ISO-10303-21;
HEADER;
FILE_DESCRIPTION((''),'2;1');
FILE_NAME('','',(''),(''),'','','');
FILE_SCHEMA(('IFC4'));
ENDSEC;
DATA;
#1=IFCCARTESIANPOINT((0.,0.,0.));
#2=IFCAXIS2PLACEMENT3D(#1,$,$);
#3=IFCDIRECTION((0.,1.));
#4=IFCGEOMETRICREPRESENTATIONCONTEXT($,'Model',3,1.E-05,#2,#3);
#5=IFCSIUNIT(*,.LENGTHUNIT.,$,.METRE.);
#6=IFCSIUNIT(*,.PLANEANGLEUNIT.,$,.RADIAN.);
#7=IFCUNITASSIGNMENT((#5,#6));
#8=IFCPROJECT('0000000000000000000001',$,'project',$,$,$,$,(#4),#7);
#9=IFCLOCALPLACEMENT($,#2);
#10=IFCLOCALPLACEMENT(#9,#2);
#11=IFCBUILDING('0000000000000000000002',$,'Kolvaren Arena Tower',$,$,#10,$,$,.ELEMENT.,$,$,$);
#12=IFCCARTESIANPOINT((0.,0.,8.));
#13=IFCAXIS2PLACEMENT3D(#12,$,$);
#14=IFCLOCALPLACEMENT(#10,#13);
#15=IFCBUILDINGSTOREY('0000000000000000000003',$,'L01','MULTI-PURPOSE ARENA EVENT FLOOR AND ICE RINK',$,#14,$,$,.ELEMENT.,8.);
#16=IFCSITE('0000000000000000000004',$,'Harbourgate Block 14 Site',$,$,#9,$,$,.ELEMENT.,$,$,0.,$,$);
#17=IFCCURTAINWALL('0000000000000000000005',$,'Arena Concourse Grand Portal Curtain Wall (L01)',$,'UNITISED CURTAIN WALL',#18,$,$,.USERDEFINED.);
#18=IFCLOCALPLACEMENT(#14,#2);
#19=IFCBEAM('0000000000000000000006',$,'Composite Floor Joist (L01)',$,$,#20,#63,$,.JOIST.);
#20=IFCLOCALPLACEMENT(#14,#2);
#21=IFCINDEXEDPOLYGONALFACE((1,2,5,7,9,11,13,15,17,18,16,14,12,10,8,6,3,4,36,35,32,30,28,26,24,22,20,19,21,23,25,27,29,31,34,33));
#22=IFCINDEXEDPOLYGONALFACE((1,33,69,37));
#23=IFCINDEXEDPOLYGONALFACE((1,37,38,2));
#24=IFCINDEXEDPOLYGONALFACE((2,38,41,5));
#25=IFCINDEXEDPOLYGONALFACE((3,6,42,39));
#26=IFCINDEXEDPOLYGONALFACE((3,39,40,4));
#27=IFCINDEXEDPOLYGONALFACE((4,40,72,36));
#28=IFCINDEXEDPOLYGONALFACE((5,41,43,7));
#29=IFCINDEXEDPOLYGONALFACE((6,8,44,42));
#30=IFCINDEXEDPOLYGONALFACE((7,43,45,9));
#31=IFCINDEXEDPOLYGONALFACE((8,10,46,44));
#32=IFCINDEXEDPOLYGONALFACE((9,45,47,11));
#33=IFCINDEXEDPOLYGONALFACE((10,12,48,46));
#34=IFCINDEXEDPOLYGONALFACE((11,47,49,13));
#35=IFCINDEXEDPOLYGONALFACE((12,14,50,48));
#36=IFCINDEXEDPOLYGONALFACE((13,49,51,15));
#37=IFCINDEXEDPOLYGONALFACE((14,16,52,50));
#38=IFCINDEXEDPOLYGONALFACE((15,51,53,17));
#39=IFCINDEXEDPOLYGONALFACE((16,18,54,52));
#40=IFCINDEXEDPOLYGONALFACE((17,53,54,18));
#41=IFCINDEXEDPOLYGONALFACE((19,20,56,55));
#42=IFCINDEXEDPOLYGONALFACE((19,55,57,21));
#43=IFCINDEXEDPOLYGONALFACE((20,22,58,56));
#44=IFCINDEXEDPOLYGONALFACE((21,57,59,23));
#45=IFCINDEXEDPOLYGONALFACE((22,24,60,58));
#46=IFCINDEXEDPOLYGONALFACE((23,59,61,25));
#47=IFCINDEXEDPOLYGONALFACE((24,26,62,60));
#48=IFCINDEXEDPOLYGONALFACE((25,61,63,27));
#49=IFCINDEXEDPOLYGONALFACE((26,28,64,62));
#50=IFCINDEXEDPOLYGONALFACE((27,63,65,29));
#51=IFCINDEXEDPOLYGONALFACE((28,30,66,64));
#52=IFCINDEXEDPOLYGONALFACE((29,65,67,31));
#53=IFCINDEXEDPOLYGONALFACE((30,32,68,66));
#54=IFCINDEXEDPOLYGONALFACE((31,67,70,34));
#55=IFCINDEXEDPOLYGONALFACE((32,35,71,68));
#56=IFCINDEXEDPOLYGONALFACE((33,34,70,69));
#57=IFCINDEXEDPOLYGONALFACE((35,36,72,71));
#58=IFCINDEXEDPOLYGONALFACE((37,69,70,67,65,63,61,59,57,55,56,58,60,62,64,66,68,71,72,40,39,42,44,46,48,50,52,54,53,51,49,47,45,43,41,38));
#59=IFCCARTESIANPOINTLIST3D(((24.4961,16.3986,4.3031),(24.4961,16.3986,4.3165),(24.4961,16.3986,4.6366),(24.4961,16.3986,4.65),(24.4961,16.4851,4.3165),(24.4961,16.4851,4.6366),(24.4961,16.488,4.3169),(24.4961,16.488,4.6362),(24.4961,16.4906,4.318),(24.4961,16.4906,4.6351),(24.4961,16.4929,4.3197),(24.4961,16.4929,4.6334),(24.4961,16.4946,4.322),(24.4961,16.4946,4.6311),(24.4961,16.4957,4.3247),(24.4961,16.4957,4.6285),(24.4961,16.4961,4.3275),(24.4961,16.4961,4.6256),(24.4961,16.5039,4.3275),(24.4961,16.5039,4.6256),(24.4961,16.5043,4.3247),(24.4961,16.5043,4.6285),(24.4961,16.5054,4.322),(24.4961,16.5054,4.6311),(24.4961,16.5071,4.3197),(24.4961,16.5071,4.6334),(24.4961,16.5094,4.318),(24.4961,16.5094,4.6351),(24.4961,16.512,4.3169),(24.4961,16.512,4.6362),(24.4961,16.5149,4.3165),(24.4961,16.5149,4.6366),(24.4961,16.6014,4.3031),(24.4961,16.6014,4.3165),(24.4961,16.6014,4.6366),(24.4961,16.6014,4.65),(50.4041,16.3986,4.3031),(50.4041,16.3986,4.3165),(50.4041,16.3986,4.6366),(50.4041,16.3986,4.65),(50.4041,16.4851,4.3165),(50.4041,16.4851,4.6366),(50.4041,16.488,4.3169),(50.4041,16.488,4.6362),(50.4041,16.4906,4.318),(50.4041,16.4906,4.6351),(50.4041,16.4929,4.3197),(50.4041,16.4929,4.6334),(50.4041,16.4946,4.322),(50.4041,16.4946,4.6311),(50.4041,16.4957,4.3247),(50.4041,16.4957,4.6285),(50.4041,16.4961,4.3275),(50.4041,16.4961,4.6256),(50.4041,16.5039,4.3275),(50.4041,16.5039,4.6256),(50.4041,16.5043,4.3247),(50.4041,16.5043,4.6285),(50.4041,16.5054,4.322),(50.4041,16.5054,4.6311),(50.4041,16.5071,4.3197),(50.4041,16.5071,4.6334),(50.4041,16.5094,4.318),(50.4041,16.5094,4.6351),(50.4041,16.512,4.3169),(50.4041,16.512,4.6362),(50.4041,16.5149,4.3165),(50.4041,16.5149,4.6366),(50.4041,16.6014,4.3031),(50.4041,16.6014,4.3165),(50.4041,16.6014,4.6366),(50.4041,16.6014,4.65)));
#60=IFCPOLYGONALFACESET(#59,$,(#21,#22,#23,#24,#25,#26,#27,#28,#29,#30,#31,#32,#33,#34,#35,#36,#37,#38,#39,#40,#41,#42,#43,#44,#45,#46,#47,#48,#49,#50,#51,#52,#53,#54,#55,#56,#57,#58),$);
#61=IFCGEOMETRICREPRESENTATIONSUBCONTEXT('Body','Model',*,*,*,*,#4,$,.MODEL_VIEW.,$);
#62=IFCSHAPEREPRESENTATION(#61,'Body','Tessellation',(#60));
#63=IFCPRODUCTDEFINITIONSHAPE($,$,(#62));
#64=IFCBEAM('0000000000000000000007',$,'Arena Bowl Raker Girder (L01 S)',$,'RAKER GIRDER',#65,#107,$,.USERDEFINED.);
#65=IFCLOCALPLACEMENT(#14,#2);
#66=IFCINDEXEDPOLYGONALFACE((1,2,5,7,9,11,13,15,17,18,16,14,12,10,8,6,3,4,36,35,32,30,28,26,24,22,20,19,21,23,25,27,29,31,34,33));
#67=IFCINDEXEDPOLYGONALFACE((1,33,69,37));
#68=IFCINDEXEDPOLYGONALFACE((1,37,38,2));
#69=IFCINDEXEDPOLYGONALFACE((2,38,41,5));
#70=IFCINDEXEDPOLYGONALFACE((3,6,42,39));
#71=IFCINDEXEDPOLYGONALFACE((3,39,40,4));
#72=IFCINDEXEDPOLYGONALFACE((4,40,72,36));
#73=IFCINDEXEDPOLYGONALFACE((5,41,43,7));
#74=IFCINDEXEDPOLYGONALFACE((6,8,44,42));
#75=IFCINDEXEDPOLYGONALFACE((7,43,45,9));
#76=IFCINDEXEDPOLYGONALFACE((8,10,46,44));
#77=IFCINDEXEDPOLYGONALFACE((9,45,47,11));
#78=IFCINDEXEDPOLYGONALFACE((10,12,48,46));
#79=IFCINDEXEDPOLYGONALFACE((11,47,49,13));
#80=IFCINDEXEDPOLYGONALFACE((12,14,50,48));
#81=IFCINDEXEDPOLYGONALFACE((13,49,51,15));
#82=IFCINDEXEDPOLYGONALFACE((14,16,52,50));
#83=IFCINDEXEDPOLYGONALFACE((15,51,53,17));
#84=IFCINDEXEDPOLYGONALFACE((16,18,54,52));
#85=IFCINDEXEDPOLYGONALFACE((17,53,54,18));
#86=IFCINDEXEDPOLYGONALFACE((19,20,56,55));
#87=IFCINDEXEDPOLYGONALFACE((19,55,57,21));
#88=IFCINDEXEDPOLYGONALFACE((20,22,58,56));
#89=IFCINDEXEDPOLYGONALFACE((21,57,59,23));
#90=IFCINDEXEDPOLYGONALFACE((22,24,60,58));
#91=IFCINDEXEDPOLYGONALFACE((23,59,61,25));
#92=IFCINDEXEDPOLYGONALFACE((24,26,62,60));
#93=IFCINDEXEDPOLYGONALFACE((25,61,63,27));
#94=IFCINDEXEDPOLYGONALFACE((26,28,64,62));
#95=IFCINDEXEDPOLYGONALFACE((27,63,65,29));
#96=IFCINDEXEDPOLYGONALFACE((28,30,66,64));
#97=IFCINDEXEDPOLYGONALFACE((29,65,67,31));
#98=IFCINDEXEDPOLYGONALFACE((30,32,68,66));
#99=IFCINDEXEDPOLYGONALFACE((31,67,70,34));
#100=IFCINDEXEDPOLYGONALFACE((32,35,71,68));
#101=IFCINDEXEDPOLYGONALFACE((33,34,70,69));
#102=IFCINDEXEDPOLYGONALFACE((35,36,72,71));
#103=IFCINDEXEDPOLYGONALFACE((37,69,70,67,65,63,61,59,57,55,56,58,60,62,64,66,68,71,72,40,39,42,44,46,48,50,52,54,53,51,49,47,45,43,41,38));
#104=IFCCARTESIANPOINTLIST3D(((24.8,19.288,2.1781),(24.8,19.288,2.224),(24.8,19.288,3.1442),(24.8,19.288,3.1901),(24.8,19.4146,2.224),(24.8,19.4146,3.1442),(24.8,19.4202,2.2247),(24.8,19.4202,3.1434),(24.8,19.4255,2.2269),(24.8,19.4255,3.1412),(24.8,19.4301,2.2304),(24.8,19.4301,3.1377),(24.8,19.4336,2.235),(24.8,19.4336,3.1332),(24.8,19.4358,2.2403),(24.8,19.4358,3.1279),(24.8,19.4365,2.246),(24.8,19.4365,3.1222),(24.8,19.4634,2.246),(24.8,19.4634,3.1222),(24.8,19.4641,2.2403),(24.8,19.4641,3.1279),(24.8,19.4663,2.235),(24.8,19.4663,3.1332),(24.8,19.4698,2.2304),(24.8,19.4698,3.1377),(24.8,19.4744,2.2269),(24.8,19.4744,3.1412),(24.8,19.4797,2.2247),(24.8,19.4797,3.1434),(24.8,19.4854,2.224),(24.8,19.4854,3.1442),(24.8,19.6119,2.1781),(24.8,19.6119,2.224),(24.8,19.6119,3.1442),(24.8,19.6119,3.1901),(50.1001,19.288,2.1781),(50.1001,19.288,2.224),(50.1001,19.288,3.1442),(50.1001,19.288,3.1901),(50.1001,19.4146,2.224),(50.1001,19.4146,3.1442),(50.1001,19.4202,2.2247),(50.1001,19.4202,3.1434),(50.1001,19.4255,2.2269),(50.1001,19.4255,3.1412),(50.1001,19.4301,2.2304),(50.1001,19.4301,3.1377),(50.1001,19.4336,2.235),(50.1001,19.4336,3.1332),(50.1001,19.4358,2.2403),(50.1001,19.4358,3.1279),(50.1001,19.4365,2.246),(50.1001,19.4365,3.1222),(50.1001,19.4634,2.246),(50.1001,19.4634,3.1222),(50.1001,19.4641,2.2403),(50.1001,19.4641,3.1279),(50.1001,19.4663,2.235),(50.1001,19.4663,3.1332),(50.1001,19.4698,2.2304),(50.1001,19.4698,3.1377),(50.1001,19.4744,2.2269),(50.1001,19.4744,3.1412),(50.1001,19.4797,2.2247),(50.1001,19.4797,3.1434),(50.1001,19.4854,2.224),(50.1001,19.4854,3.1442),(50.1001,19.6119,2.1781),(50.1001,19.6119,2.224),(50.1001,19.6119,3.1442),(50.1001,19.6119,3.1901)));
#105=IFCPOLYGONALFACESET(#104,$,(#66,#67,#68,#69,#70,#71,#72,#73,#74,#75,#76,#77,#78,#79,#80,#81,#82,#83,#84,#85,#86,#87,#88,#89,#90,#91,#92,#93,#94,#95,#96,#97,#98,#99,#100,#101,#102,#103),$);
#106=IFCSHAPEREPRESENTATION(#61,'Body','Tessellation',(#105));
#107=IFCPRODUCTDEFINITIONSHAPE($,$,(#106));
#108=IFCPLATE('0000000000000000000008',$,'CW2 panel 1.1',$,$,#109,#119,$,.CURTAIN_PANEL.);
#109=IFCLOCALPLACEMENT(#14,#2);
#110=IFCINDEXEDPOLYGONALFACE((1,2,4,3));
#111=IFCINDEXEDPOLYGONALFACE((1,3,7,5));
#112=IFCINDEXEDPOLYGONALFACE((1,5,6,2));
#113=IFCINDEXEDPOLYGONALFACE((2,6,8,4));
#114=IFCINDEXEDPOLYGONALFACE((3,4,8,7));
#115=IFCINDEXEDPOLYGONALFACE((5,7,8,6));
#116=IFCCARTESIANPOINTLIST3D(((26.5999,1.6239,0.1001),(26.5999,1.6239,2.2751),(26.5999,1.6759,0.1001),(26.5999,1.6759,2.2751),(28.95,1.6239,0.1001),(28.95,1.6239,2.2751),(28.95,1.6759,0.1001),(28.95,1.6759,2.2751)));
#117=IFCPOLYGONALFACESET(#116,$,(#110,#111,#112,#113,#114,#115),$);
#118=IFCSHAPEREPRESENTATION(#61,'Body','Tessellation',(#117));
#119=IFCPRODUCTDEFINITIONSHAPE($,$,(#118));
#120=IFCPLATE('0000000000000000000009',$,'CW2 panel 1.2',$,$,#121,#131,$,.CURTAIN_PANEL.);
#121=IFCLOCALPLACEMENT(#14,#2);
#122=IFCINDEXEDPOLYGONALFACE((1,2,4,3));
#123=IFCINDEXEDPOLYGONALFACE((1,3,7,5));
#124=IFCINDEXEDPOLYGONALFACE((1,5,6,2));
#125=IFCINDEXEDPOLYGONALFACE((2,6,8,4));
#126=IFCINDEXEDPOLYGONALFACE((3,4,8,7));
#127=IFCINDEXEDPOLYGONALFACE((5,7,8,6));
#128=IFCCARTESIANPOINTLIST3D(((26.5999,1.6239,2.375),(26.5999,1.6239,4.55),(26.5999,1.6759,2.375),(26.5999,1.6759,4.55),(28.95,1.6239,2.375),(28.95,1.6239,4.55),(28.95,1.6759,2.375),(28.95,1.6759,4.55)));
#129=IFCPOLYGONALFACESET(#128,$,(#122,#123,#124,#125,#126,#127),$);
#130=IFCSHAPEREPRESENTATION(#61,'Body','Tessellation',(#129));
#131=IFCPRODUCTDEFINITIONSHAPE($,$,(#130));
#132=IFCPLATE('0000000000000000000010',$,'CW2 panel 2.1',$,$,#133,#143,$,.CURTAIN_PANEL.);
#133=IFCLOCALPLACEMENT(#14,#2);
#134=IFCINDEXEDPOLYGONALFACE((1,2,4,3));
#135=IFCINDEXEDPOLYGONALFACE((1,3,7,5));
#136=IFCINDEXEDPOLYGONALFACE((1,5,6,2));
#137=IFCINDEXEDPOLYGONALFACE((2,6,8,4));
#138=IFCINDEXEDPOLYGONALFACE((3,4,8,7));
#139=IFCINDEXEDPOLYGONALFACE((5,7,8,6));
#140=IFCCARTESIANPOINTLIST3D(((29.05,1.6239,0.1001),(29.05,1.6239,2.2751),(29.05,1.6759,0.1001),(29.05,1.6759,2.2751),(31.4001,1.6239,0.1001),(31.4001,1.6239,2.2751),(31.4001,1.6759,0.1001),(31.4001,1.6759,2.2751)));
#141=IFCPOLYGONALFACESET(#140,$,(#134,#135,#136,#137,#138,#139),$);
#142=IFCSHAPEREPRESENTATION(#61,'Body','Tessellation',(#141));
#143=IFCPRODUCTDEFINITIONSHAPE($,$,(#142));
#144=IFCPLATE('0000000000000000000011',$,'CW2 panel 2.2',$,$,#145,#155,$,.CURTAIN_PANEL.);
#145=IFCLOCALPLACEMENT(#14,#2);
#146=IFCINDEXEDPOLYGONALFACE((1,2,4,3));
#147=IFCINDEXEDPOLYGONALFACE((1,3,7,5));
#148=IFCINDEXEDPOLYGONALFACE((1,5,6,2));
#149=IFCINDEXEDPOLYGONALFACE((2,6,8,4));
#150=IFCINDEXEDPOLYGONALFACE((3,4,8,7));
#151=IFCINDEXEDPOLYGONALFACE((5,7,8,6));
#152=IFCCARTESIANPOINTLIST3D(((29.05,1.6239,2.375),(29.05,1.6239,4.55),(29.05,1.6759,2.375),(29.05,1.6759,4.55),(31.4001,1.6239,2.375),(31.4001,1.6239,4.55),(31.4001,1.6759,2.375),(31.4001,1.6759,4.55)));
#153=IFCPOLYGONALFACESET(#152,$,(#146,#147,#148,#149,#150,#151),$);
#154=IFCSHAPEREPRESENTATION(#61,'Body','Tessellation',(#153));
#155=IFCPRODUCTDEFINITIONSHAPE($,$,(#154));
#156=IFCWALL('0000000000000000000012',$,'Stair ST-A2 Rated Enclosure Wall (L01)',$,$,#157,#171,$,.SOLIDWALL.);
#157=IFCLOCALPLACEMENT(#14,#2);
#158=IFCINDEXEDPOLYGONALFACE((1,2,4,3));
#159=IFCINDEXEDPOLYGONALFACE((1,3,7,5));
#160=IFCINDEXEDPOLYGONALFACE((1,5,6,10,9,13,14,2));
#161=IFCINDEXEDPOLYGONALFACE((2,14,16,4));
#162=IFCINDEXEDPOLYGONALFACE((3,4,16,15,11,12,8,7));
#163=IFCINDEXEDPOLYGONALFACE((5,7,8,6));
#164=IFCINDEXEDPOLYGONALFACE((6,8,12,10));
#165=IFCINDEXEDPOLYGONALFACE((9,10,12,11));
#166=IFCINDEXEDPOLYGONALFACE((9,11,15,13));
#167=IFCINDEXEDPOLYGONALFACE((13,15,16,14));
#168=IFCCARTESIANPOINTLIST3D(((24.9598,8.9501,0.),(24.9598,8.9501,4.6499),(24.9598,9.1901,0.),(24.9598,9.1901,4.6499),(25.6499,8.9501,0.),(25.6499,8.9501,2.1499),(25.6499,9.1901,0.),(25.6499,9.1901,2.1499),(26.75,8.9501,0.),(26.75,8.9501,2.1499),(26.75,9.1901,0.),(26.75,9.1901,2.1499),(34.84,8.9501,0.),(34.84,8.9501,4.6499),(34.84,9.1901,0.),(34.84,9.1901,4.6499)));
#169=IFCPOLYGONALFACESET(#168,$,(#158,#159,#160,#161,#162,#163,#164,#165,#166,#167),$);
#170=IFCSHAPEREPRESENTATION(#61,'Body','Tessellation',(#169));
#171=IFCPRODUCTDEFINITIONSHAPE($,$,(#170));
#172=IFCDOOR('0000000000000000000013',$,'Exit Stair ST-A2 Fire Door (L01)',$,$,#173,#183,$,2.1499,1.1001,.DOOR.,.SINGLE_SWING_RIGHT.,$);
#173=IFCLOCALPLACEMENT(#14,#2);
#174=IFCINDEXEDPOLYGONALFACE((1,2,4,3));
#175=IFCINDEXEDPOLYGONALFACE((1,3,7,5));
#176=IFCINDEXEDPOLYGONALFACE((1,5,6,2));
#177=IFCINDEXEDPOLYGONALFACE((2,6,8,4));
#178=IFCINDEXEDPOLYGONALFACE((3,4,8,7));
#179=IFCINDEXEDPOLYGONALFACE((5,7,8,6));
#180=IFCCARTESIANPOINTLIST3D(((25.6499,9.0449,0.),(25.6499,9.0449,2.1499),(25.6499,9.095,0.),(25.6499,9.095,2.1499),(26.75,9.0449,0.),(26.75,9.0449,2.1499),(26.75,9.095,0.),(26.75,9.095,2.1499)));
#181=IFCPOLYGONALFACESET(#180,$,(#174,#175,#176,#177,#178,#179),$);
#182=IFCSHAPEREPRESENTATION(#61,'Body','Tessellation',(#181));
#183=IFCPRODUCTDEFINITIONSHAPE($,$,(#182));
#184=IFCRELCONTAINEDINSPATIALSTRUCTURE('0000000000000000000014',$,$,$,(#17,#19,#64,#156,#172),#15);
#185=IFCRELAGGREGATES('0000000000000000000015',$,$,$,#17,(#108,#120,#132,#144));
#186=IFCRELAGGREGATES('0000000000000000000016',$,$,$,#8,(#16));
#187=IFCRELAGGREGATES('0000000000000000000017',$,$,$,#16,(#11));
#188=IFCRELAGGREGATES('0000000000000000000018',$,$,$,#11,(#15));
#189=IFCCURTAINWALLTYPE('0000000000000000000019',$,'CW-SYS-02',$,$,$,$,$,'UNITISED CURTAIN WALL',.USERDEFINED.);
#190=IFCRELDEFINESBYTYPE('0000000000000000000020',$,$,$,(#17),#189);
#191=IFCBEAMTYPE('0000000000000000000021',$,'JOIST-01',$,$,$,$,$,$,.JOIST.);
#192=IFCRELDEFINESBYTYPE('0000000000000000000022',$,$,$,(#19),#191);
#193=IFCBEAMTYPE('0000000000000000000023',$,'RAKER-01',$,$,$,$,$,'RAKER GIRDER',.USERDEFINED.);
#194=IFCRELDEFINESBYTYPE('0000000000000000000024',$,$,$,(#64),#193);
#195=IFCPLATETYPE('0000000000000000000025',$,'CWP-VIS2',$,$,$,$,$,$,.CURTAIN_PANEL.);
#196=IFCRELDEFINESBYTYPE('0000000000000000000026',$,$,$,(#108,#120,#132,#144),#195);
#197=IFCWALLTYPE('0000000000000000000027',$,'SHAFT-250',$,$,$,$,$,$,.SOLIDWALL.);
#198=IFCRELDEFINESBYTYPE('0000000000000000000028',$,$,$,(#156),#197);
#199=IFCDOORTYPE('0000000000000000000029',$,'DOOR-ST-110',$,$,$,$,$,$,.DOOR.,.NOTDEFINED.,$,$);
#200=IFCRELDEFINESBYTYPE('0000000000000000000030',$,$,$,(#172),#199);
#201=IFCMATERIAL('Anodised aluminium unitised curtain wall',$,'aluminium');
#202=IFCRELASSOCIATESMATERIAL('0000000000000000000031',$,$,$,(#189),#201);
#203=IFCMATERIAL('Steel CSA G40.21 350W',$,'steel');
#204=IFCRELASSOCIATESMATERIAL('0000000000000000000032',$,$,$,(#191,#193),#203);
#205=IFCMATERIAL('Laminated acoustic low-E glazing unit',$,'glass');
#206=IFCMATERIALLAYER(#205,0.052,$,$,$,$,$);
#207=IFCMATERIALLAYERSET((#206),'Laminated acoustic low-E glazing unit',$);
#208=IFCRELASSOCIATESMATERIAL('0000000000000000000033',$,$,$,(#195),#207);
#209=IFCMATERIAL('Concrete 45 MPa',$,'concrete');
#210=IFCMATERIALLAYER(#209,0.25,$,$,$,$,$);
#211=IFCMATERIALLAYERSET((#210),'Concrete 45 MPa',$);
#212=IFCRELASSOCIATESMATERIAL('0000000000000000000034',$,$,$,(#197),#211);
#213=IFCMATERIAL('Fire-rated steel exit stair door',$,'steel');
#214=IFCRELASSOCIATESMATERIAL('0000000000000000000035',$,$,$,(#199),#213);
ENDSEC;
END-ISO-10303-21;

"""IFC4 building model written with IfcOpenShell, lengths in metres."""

from ifc_helpers import new_model, si_unit, direction, frame, frame_2d, origin, origin_2d, place, context, subcontext, project, spatial, rectangle, i_section, extrude, material, layer, layer_set, material_profile, profile_set, type_object, element, fill, aggregate, save


model = new_model("IFC4")

# Units and contexts
model_context = context("Model", 3, precision=1e-05, world=origin(), true_north=direction((0.0, 1.0)))
body_context = subcontext(model_context, "Body", "Model", "MODEL_VIEW")
ifc_project = project(units=[si_unit("LENGTHUNIT", "METRE"), si_unit("PLANEANGLEUNIT", "RADIAN")], contexts=[model_context])

# Site, building, storey
site_placement = place(None, origin())
site = spatial("IfcSite", under=ifc_project, at=site_placement, Name="Harbourgate Block 14 Site", CompositionType="ELEMENT", RefElevation=0.0)
building_placement = place(site_placement, origin())
building = spatial("IfcBuilding", under=site, at=building_placement, Name="Kolvaren Arena Tower", CompositionType="ELEMENT")
storey_placement = place(building_placement, frame((0.0, 0.0, 8.0)))
storey = spatial("IfcBuildingStorey", under=building, at=storey_placement, Name="L01", Description="MULTI-PURPOSE ARENA EVENT FLOOR AND ICE RINK", CompositionType="ELEMENT", Elevation=8.0)

# Curtain wall
ifc_material_1 = material(Name="Anodised aluminium unitised curtain wall", Category="aluminium")
curtain_wall_type = type_object("IfcCurtainWallType", Name="CW-SYS-02", ElementType="UNITISED CURTAIN WALL", PredefinedType="USERDEFINED", material=ifc_material_1)
curtain_wall_placement = place(storey_placement, origin())
curtain_wall = element("IfcCurtainWall", 1, at=curtain_wall_placement, inside=storey, type_object=curtain_wall_type, Name="Arena Concourse Grand Portal Curtain Wall (L01)", ObjectType="UNITISED CURTAIN WALL", PredefinedType="USERDEFINED")

# Beams
ifc_material_2 = material(Name="Steel CSA G40.21 350W", Category="steel")
ifc_material_profile_1 = material_profile(ifc_material_2, i_section(OverallWidth=0.2029, OverallDepth=0.3469, WebThickness=0.0078, FlangeThickness=0.0134, FilletRadius=0.011, at=origin_2d()), Name="W360x64")
ifc_profile_set_1 = profile_set([ifc_material_profile_1], Name="Steel CSA G40.21 350W")
beam_type_1 = type_object("IfcBeamType", Name="JOIST-01", PredefinedType="JOIST", material=ifc_profile_set_1)
for number, where, z_axis, x_axis, name in (
    (2, (24.4961, 16.5, 4.4766), (1.0, 0.0, 0.0), (0.0, 1.0, 0.0), "Composite Floor Joist (L01)"),
):
    element("IfcBeam", number, at=place(storey_placement, frame(where, z_axis=z_axis, x_axis=x_axis)), inside=storey, type_object=beam_type_1, Name=name, PredefinedType="JOIST", context=body_context, shape_type="SweptSolid", body=[
        extrude(i_section(OverallWidth=0.2029, OverallDepth=0.3469, WebThickness=0.0078, FlangeThickness=0.0134, FilletRadius=0.011, at=origin_2d()), origin(), (0.0, 0.0, 1.0), 25.908),
    ])
ifc_material_profile_2 = material_profile(ifc_material_2, i_section(OverallWidth=0.324, OverallDepth=1.012, WebThickness=0.0269, FlangeThickness=0.0459, FilletRadius=0.022, at=origin_2d()), Name="W1000x443")
ifc_profile_set_2 = profile_set([ifc_material_profile_2], Name="Steel CSA G40.21 350W")
beam_type_2 = type_object("IfcBeamType", Name="RAKER-01", ElementType="RAKER GIRDER", PredefinedType="USERDEFINED", material=ifc_profile_set_2)
beam_placement = place(storey_placement, frame((24.8, 19.45, 2.6841), z_axis=(1.0, 0.0, 0.0), x_axis=(0.0, 1.0, 0.0)))
element("IfcBeam", 3, at=beam_placement, inside=storey, type_object=beam_type_2, Name="Arena Bowl Raker Girder (L01 S)", ObjectType="RAKER GIRDER", PredefinedType="USERDEFINED", context=body_context, shape_type="SweptSolid", body=[
    extrude(i_section(OverallWidth=0.324, OverallDepth=1.012, WebThickness=0.0269, FlangeThickness=0.0459, FilletRadius=0.022, at=origin_2d()), origin(), (0.0, 0.0, 1.0), 25.3),
])

# Plates
ifc_material_3 = material(Name="Laminated acoustic low-E glazing unit", Category="glass")
ifc_layer_1 = layer(ifc_material_3, 0.052)
ifc_layer_set_1 = layer_set([ifc_layer_1], Name="Laminated acoustic low-E glazing unit")
plate_type = type_object("IfcPlateType", Name="CWP-VIS2", PredefinedType="CURTAIN_PANEL", material=ifc_layer_set_1)
plate_1_placement = place(storey_placement, frame((27.7749, 1.6499, 0.1001), z_axis=(0.0, 0.0, 1.0), x_axis=(1.0, 0.0, 0.0)))
plate_1 = element("IfcPlate", 4, at=plate_1_placement, type_object=plate_type, Name="CW2 panel 1.1", PredefinedType="CURTAIN_PANEL", context=body_context, shape_type="SweptSolid", body=[
    extrude(rectangle(XDim=2.3501, YDim=0.052, at=origin_2d()), origin(), (0.0, 0.0, 1.0), 2.175),
])
plate_2_placement = place(storey_placement, frame((27.7749, 1.6499, 2.375), z_axis=(0.0, 0.0, 1.0), x_axis=(1.0, 0.0, 0.0)))
plate_2 = element("IfcPlate", 5, at=plate_2_placement, type_object=plate_type, Name="CW2 panel 1.2", PredefinedType="CURTAIN_PANEL", context=body_context, shape_type="SweptSolid", body=[
    extrude(rectangle(XDim=2.3501, YDim=0.052, at=origin_2d()), origin(), (0.0, 0.0, 1.0), 2.175),
])
plate_3_placement = place(storey_placement, frame((30.2251, 1.6499, 0.1001), z_axis=(0.0, 0.0, 1.0), x_axis=(1.0, 0.0, 0.0)))
plate_3 = element("IfcPlate", 6, at=plate_3_placement, type_object=plate_type, Name="CW2 panel 2.1", PredefinedType="CURTAIN_PANEL", context=body_context, shape_type="SweptSolid", body=[
    extrude(rectangle(XDim=2.3501, YDim=0.052, at=origin_2d()), origin(), (0.0, 0.0, 1.0), 2.175),
])
plate_4_placement = place(storey_placement, frame((30.2251, 1.6499, 2.375), z_axis=(0.0, 0.0, 1.0), x_axis=(1.0, 0.0, 0.0)))
plate_4 = element("IfcPlate", 7, at=plate_4_placement, type_object=plate_type, Name="CW2 panel 2.2", PredefinedType="CURTAIN_PANEL", context=body_context, shape_type="SweptSolid", body=[
    extrude(rectangle(XDim=2.3501, YDim=0.052, at=origin_2d()), origin(), (0.0, 0.0, 1.0), 2.175),
])
aggregate(curtain_wall, [plate_1, plate_2, plate_3, plate_4])

# Wall, opening, door
ifc_material_4 = material(Name="Concrete 45 MPa", Category="concrete")
ifc_layer_2 = layer(ifc_material_4, 0.25)
ifc_layer_set_2 = layer_set([ifc_layer_2], Name="Concrete 45 MPa")
wall_type_1 = type_object("IfcWallType", Name="SHAFT-250", PredefinedType="SOLIDWALL", material=ifc_layer_set_2)
wall_1_placement = place(storey_placement, frame((24.96, 9.0701, 0.0), z_axis=(0.0, 0.0, 1.0), x_axis=(1.0, 0.0, 0.0)))
wall_1 = element("IfcWall", 8, at=wall_1_placement, inside=storey, type_object=wall_type_1, Name="Stair ST-A2 Rated Enclosure Wall (L01)", PredefinedType="SOLIDWALL", context=body_context, shape_type="SweptSolid", body=[
    extrude(rectangle(XDim=9.8801, YDim=0.24, at=frame_2d((4.9399, 0.0))), origin(), (0.0, 0.0, 1.0), 4.6499),
])
opening_placement = place(wall_1_placement, frame((0.6899, 0.0, 0.0)))
opening = element("IfcOpeningElement", 9, at=opening_placement, cuts=wall_1, PredefinedType="OPENING", context=body_context, shape_type="SweptSolid", body=[
    extrude(rectangle(XDim=1.1001, YDim=2.1499, at=frame_2d((0.55, 1.075))), frame((0.0, 0.1299, 0.0), z_axis=(0.0, -1.0, 0.0), x_axis=(1.0, 0.0, 0.0)), (0.0, 0.0, 1.0), 0.26),
])
ifc_material_5 = material(Name="Fire-rated steel exit stair door", Category="steel")
door_type = type_object("IfcDoorType", Name="DOOR-ST-110", OperationType="NOTDEFINED", PredefinedType="DOOR", material=ifc_material_5)
door_placement = place(opening_placement, origin())
door = element("IfcDoor", 10, at=door_placement, inside=storey, type_object=door_type, Name="Exit Stair ST-A2 Fire Door (L01)", OperationType="SINGLE_SWING_RIGHT", OverallHeight=2.1499, OverallWidth=1.1001, PredefinedType="DOOR", context=body_context, shape_type="SweptSolid", body=[
    extrude(rectangle(XDim=1.1001, YDim=2.1499, at=frame_2d((0.55, 1.075))), frame((0.0, 0.0249, 0.0), z_axis=(0.0, -1.0, 0.0), x_axis=(1.0, 0.0, 0.0)), (0.0, 0.0, 1.0), 0.05),
])
fill(opening, door)

save(model, "model.ifc")
